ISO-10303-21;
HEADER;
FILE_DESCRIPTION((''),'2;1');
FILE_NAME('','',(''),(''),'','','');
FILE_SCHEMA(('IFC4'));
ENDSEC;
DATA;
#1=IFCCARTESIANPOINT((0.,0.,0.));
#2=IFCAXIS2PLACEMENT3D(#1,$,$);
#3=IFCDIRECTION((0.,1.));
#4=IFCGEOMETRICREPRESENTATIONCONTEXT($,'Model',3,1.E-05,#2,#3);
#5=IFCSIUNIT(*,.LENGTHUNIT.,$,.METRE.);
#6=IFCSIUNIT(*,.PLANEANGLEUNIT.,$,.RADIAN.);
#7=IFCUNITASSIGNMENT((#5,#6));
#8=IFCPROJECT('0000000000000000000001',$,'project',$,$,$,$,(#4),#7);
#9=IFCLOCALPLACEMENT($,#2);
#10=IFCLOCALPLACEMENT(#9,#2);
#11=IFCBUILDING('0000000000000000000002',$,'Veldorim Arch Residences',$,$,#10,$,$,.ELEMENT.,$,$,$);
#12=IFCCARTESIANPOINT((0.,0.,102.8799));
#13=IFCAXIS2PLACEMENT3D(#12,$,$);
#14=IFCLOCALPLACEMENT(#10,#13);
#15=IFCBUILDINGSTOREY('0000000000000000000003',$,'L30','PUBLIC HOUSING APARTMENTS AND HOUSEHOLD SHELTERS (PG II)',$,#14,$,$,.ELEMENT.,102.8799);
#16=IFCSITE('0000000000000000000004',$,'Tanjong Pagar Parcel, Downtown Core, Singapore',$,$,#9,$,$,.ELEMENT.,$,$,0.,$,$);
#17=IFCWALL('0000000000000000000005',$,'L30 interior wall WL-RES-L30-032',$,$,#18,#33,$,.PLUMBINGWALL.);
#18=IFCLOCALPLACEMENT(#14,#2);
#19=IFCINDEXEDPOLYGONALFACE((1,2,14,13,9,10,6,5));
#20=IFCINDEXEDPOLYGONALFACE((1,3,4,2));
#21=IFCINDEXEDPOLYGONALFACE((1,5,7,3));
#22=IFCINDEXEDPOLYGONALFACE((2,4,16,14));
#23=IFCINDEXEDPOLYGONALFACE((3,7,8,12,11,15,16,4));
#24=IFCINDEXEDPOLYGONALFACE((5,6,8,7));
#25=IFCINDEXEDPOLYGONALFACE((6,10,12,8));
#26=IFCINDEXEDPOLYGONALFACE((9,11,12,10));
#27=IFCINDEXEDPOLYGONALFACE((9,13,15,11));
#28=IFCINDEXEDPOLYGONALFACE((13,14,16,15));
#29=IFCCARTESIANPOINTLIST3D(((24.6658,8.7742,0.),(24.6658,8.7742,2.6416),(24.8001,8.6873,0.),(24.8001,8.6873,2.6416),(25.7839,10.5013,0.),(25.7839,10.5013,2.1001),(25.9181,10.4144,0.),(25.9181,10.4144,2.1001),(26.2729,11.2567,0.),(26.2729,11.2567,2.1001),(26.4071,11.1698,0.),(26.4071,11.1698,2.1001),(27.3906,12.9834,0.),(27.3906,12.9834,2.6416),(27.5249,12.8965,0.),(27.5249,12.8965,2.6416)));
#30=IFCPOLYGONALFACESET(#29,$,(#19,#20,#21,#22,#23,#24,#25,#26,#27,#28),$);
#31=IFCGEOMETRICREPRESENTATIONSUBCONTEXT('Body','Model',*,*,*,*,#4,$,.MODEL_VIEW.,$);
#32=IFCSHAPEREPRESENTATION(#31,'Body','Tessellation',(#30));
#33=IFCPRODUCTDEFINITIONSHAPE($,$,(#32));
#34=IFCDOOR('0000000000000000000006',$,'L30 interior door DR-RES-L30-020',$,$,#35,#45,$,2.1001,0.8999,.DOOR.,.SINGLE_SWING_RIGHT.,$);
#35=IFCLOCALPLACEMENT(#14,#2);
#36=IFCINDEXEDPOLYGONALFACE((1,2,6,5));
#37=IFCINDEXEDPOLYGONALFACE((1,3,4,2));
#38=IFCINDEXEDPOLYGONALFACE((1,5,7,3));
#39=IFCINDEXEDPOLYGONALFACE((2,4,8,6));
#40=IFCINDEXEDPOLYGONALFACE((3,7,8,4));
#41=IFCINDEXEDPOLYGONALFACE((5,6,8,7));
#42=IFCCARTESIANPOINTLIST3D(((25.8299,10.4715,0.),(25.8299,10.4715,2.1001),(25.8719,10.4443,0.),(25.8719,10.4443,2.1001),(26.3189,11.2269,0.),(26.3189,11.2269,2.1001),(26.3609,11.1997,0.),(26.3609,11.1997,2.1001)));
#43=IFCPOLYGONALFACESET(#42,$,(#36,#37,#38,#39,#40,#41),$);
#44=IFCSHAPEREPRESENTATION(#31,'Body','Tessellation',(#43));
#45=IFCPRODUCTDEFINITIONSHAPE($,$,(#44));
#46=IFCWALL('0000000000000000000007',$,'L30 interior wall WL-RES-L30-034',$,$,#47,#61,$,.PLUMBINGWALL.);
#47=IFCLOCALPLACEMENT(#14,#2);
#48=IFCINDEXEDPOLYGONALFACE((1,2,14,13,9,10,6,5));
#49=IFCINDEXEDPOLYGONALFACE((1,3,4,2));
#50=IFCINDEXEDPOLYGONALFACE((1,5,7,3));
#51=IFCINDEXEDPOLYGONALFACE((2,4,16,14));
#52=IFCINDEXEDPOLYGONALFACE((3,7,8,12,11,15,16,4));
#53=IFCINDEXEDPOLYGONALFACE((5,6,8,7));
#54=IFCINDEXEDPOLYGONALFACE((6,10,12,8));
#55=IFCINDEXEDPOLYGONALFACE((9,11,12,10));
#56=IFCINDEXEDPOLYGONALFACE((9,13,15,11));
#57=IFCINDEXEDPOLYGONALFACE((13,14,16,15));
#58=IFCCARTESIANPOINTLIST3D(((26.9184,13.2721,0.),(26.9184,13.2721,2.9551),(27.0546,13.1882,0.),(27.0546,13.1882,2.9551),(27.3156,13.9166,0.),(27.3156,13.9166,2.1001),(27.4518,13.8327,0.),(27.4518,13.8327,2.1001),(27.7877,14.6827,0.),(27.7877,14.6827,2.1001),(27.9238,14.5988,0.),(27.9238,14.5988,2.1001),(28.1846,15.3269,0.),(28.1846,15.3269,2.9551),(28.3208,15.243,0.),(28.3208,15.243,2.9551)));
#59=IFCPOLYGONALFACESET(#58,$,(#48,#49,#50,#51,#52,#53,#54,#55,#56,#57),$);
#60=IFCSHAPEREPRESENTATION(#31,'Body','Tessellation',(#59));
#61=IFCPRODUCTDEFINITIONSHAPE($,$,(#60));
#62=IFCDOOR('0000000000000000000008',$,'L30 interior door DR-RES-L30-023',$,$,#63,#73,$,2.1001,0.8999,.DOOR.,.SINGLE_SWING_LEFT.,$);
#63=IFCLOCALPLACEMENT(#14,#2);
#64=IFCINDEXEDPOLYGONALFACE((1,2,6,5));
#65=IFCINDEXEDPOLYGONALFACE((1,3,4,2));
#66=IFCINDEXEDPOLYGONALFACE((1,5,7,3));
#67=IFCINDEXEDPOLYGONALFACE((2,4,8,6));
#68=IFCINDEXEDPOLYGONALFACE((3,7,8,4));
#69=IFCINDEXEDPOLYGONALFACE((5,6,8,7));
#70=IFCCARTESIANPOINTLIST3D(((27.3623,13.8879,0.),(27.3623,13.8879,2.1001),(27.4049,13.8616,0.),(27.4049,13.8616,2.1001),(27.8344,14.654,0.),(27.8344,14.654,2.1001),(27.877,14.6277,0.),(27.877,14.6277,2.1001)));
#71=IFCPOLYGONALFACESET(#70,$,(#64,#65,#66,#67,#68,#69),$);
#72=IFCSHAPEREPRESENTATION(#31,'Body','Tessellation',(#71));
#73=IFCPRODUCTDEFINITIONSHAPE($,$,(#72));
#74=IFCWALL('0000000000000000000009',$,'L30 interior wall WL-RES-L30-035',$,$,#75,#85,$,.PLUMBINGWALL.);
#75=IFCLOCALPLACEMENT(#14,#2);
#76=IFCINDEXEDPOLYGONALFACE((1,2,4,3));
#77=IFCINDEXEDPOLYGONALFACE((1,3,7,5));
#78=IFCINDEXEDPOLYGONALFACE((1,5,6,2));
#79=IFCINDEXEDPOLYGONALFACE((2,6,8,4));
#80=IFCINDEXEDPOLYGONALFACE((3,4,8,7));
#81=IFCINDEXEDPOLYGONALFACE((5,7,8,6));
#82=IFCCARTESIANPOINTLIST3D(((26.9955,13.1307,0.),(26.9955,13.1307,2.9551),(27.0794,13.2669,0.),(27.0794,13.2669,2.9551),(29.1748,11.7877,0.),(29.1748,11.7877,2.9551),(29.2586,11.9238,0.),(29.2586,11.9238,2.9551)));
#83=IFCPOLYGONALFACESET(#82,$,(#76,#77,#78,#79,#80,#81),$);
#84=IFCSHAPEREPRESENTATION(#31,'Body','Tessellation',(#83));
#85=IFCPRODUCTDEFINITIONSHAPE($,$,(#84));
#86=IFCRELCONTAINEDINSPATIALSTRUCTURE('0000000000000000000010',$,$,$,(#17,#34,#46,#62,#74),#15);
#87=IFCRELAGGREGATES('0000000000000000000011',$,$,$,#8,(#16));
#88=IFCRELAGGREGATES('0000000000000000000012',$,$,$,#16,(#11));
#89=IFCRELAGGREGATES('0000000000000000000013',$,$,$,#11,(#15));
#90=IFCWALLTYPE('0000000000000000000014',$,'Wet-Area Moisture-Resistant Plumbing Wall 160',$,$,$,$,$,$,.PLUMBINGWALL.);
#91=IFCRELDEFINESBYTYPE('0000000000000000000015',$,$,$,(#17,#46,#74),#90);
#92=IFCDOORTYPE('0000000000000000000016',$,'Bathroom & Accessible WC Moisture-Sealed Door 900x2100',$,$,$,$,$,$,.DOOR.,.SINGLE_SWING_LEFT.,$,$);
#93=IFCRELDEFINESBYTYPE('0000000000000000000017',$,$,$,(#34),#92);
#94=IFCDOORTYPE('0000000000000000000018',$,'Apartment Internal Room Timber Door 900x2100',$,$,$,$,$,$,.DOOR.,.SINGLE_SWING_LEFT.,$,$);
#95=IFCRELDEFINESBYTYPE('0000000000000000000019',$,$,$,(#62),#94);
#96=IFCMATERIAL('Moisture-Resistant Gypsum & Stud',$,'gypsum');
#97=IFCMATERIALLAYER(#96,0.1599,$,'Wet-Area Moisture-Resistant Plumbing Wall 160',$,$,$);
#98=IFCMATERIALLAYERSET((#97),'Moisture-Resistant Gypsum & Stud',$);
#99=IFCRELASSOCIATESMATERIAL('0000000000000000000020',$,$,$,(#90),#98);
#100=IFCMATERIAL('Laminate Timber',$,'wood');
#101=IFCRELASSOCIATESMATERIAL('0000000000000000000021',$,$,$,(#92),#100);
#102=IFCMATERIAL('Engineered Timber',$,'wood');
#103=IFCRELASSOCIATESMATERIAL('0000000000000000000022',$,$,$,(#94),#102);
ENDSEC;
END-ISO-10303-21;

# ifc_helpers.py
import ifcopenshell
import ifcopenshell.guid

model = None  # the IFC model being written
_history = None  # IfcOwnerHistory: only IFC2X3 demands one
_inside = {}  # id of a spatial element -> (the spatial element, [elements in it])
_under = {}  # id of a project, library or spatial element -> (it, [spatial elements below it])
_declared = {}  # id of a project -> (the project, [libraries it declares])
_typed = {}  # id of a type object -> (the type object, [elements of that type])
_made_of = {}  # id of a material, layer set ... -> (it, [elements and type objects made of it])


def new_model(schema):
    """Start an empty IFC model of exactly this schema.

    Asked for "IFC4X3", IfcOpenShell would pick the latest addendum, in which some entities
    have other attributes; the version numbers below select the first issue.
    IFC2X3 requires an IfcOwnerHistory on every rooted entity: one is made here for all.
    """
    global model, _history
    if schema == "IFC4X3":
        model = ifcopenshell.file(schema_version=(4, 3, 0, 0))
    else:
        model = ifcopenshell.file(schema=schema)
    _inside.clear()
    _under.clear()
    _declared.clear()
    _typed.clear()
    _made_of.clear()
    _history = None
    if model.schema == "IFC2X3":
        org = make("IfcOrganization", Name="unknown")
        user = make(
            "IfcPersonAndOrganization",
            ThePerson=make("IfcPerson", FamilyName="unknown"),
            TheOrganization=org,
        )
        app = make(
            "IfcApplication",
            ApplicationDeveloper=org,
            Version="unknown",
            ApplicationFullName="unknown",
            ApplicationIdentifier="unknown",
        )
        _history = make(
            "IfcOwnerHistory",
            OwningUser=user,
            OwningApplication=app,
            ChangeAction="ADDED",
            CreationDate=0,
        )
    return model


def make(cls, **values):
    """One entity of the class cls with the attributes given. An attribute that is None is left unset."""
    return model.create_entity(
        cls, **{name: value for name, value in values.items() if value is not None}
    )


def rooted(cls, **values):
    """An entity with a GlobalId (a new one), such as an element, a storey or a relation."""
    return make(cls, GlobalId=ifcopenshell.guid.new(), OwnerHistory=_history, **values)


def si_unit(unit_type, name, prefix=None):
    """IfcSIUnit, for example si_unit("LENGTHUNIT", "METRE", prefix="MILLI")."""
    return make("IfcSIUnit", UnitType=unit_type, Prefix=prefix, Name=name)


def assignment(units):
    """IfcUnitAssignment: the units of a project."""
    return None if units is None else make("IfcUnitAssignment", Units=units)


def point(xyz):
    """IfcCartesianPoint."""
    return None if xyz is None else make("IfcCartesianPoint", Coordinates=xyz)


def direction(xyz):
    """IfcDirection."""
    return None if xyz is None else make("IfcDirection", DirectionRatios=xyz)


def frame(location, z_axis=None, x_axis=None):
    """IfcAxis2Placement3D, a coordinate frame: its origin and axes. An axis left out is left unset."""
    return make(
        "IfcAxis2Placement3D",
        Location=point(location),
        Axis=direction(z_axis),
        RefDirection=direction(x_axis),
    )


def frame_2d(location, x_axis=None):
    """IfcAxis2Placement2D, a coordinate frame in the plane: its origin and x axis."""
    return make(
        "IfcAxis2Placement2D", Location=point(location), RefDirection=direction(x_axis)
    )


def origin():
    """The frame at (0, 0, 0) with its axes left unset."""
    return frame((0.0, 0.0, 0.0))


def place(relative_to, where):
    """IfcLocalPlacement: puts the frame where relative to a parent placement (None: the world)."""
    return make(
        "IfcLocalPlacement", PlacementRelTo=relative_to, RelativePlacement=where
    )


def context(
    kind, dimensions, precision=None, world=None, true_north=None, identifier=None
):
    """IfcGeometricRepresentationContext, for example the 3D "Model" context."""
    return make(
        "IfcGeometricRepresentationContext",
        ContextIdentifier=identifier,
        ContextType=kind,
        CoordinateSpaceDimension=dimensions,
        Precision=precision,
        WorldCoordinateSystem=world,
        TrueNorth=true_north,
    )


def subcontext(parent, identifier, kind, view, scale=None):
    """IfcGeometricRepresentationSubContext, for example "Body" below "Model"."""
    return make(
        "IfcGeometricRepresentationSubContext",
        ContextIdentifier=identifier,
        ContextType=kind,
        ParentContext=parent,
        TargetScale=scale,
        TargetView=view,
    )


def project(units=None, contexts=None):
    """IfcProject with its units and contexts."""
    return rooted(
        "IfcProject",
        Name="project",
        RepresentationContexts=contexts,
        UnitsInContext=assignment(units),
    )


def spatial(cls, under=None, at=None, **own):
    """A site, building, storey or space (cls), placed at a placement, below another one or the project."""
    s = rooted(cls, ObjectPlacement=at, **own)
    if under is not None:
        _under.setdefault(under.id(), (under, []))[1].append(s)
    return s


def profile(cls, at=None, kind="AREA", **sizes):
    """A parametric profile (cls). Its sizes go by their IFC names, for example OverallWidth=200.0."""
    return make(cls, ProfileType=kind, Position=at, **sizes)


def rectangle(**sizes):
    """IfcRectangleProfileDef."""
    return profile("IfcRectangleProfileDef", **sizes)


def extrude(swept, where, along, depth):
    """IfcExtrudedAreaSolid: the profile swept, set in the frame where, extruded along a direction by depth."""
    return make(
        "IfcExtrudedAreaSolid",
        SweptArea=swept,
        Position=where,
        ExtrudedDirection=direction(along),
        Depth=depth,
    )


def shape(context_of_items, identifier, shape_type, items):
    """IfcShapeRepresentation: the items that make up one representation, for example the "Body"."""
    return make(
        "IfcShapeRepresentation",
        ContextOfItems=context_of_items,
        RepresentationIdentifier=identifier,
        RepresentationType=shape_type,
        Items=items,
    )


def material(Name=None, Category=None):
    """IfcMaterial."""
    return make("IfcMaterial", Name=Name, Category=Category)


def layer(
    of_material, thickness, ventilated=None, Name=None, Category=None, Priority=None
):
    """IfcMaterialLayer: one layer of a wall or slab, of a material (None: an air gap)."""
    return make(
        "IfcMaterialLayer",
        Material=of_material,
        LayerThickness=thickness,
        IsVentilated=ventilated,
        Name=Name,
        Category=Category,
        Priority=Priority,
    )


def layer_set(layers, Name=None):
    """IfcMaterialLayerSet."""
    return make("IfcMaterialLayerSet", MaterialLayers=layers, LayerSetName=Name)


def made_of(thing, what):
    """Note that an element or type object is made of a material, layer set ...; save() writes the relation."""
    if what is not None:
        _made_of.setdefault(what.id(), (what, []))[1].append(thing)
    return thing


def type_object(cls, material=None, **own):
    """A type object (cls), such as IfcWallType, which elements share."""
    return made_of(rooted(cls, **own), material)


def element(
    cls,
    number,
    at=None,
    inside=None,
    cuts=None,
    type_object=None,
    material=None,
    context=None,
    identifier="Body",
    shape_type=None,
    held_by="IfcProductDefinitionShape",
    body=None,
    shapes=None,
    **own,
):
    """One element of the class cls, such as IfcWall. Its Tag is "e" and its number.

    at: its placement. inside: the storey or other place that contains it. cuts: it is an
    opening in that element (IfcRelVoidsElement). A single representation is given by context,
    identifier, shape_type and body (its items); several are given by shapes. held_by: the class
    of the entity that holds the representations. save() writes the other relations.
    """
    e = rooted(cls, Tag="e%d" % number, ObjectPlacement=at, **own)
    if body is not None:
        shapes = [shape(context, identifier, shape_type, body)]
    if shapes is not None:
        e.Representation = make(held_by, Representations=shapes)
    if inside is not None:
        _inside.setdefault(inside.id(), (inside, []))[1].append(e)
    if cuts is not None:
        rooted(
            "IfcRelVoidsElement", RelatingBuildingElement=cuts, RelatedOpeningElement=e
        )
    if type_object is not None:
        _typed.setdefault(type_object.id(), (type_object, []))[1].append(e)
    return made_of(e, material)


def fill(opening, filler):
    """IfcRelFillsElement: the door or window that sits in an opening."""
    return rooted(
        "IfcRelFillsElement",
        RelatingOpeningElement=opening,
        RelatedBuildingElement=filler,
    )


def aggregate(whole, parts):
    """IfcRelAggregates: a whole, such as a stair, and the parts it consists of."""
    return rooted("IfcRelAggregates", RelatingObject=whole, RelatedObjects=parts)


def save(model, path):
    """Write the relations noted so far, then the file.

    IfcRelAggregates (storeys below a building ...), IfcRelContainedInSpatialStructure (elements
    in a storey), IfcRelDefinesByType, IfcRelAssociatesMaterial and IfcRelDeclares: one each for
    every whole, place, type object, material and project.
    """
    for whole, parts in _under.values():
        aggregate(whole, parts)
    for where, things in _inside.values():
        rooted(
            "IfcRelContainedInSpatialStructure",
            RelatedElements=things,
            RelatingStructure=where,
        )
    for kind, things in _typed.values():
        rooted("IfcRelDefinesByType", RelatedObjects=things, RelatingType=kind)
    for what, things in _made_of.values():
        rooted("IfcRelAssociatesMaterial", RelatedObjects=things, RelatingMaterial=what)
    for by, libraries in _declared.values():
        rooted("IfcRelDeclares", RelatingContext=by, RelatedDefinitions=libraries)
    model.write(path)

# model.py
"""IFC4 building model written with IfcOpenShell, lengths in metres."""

from ifc_helpers import new_model, si_unit, direction, frame, frame_2d, origin, place, context, subcontext, project, spatial, rectangle, extrude, material, layer, layer_set, type_object, element, fill, save


model = new_model("IFC4")

# Units and contexts
model_context = context("Model", 3, precision=1e-05, world=origin(), true_north=direction((0.0, 1.0)))
body_context = subcontext(model_context, "Body", "Model", "MODEL_VIEW")
ifc_project = project(units=[si_unit("LENGTHUNIT", "METRE"), si_unit("PLANEANGLEUNIT", "RADIAN")], contexts=[model_context])

# Site, building, storey
site_placement = place(None, origin())
site = spatial("IfcSite", under=ifc_project, at=site_placement, Name="Tanjong Pagar Parcel, Downtown Core, Singapore", CompositionType="ELEMENT", RefElevation=0.0)
building_placement = place(site_placement, origin())
building = spatial("IfcBuilding", under=site, at=building_placement, Name="Veldorim Arch Residences", CompositionType="ELEMENT")
storey_placement = place(building_placement, frame((0.0, 0.0, 102.8799)))
storey = spatial("IfcBuildingStorey", under=building, at=storey_placement, Name="L30", Description="PUBLIC HOUSING APARTMENTS AND HOUSEHOLD SHELTERS (PG II)", CompositionType="ELEMENT", Elevation=102.8799)

# Walls, openings, doors
ifc_material_1 = material(Name="Moisture-Resistant Gypsum & Stud", Category="gypsum")
ifc_layer_1 = layer(ifc_material_1, 0.1599, Name="Wet-Area Moisture-Resistant Plumbing Wall 160")
ifc_layer_set_1 = layer_set([ifc_layer_1], Name="Moisture-Resistant Gypsum & Stud")
wall_type_1 = type_object("IfcWallType", Name="Wet-Area Moisture-Resistant Plumbing Wall 160", PredefinedType="PLUMBINGWALL", material=ifc_layer_set_1)
wall_1_placement = place(storey_placement, frame((27.4578, 12.9399, 0.0), z_axis=(0.0, 0.0, 1.0), x_axis=(-0.543425, -0.839458, 0.0)))
wall_1 = element("IfcWall", 1, at=wall_1_placement, inside=storey, type_object=wall_type_1, Name="L30 interior wall WL-RES-L30-032", PredefinedType="PLUMBINGWALL", context=body_context, shape_type="SweptSolid", body=[
    extrude(rectangle(XDim=5.0142, YDim=0.1599, at=frame_2d((2.5071, 0.0))), origin(), (0.0, 0.0, 1.0), 2.6416),
])
opening_1_placement = place(wall_1_placement, frame((2.0569, 0.0, 0.0)))
opening_1 = element("IfcOpeningElement", 2, at=opening_1_placement, cuts=wall_1, PredefinedType="OPENING", context=body_context, shape_type="SweptSolid", body=[
    extrude(rectangle(XDim=0.8999, YDim=2.1001, at=frame_2d((0.45, 1.05))), frame((0.0, 0.0898, 0.0), z_axis=(0.0, -1.0, 0.0), x_axis=(1.0, 0.0, 0.0)), (0.0, 0.0, 1.0), 0.1799),
])
ifc_material_2 = material(Name="Laminate Timber", Category="wood")
door_type_1 = type_object("IfcDoorType", Name="Bathroom & Accessible WC Moisture-Sealed Door 900x2100", OperationType="SINGLE_SWING_LEFT", PredefinedType="DOOR", material=ifc_material_2)
door_1_placement = place(opening_1_placement, origin())
door_1 = element("IfcDoor", 3, at=door_1_placement, inside=storey, type_object=door_type_1, Name="L30 interior door DR-RES-L30-020", OperationType="SINGLE_SWING_RIGHT", OverallHeight=2.1001, OverallWidth=0.8999, PredefinedType="DOOR", context=body_context, shape_type="SweptSolid", body=[
    extrude(rectangle(XDim=0.8999, YDim=2.1001, at=frame_2d((0.45, 1.05))), frame((0.0, 0.0249, 0.0), z_axis=(0.0, -1.0, 0.0), x_axis=(1.0, 0.0, 0.0)), (0.0, 0.0, 1.0), 0.05),
])
fill(opening_1, door_1)
wall_2_placement = place(storey_placement, frame((28.2527, 15.2849, 0.0), z_axis=(0.0, 0.0, 1.0), x_axis=(-0.524605, -0.851346, 0.0)))
wall_2 = element("IfcWall", 4, at=wall_2_placement, inside=storey, type_object=wall_type_1, Name="L30 interior wall WL-RES-L30-034", PredefinedType="PLUMBINGWALL", context=body_context, shape_type="SweptSolid", body=[
    extrude(rectangle(XDim=2.4136, YDim=0.1599, at=frame_2d((1.2068, 0.0))), origin(), (0.0, 0.0, 1.0), 2.9551),
])
opening_2_placement = place(wall_2_placement, frame((0.7566, 0.0, 0.0)))
opening_2 = element("IfcOpeningElement", 5, at=opening_2_placement, cuts=wall_2, PredefinedType="OPENING", context=body_context, shape_type="SweptSolid", body=[
    extrude(rectangle(XDim=0.8999, YDim=2.1001, at=frame_2d((0.45, 1.05))), frame((0.0, 0.0898, 0.0), z_axis=(0.0, -1.0, 0.0), x_axis=(1.0, 0.0, 0.0)), (0.0, 0.0, 1.0), 0.1799),
])
ifc_material_3 = material(Name="Engineered Timber", Category="wood")
door_type_2 = type_object("IfcDoorType", Name="Apartment Internal Room Timber Door 900x2100", OperationType="SINGLE_SWING_LEFT", PredefinedType="DOOR", material=ifc_material_3)
door_2_placement = place(opening_2_placement, origin())
door_2 = element("IfcDoor", 6, at=door_2_placement, inside=storey, type_object=door_type_2, Name="L30 interior door DR-RES-L30-023", OperationType="SINGLE_SWING_LEFT", OverallHeight=2.1001, OverallWidth=0.8999, PredefinedType="DOOR", context=body_context, shape_type="SweptSolid", body=[
    extrude(rectangle(XDim=0.8999, YDim=2.1001, at=frame_2d((0.45, 1.05))), frame((0.0, 0.0249, 0.0), z_axis=(0.0, -1.0, 0.0), x_axis=(1.0, 0.0, 0.0)), (0.0, 0.0, 1.0), 0.05),
])
fill(opening_2, door_2)

# Wall
wall_3_placement = place(storey_placement, frame((27.0376, 13.1987, 0.0), z_axis=(0.0, 0.0, 1.0), x_axis=(0.851314, -0.524656, 0.0)))
element("IfcWall", 7, at=wall_3_placement, inside=storey, type_object=wall_type_1, Name="L30 interior wall WL-RES-L30-035", PredefinedType="PLUMBINGWALL", context=body_context, shape_type="SweptSolid", body=[
    extrude(rectangle(XDim=2.5598, YDim=0.1599, at=frame_2d((1.2798, 0.0))), origin(), (0.0, 0.0, 1.0), 2.9551),
])

save(model, "model.ifc")
